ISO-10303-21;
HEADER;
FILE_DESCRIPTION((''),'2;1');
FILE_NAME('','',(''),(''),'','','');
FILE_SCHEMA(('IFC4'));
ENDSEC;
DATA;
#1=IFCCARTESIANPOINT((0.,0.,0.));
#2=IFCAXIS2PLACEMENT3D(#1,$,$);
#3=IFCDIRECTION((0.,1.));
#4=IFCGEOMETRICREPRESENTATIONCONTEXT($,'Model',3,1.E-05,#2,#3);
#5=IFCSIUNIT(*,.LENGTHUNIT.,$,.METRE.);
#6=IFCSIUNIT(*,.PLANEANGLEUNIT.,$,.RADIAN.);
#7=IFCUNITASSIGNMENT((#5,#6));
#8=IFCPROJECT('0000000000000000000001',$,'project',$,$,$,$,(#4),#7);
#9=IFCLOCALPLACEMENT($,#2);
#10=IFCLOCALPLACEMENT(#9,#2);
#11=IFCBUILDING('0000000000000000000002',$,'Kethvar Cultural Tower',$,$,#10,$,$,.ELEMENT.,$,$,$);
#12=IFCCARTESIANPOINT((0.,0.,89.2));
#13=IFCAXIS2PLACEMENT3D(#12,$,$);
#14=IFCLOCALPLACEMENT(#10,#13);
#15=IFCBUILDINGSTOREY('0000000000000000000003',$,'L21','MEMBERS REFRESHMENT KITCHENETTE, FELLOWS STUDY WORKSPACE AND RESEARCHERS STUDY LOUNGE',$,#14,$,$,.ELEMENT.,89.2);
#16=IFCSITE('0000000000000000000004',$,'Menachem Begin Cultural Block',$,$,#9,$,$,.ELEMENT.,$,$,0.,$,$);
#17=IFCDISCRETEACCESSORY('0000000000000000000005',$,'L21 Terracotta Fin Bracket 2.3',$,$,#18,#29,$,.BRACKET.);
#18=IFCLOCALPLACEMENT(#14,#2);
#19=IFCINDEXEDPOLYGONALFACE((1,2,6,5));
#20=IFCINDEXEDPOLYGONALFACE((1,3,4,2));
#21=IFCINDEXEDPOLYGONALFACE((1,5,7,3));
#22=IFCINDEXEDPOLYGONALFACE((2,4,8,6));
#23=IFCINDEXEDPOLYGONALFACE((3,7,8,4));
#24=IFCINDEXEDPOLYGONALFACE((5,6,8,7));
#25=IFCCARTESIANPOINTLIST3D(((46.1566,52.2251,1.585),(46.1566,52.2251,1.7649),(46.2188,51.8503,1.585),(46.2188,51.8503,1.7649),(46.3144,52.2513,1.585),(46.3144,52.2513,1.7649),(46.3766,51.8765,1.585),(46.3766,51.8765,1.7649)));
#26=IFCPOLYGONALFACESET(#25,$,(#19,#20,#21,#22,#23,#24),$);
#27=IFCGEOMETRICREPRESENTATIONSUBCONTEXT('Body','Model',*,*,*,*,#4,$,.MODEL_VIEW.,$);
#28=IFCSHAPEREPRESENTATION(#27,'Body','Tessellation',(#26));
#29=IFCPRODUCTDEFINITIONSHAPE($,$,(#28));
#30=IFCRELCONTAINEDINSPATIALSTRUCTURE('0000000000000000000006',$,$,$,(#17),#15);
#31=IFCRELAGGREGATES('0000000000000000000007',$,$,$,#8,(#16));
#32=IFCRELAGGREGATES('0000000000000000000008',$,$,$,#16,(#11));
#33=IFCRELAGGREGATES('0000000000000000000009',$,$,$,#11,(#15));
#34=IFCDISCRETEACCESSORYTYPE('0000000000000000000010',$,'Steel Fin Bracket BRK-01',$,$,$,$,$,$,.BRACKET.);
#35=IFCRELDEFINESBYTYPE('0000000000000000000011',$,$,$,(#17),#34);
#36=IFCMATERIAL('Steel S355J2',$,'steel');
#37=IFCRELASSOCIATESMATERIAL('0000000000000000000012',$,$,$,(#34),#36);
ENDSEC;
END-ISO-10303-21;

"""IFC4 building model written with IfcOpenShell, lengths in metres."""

from ifc_helpers import new_model, si_unit, direction, frame, origin, origin_2d, place, context, subcontext, project, spatial, rectangle, extrude, source, transform, mapped, material, type_object, element, save


model = new_model("IFC4")

# Units and contexts
model_context = context("Model", 3, precision=1e-05, world=origin(), true_north=direction((0.0, 1.0)))
body_context = subcontext(model_context, "Body", "Model", "MODEL_VIEW")
ifc_project = project(units=[si_unit("LENGTHUNIT", "METRE"), si_unit("PLANEANGLEUNIT", "RADIAN")], contexts=[model_context])

# Site, building, storey
site_placement = place(None, origin())
site = spatial("IfcSite", under=ifc_project, at=site_placement, Name="Menachem Begin Cultural Block", CompositionType="ELEMENT", RefElevation=0.0)
building_placement = place(site_placement, origin())
building = spatial("IfcBuilding", under=site, at=building_placement, Name="Kethvar Cultural Tower", CompositionType="ELEMENT")
storey_placement = place(building_placement, frame((0.0, 0.0, 89.2)))
storey = spatial("IfcBuildingStorey", under=building, at=storey_placement, Name="L21", Description="MEMBERS REFRESHMENT KITCHENETTE, FELLOWS STUDY WORKSPACE AND RESEARCHERS STUDY LOUNGE", CompositionType="ELEMENT", Elevation=89.2)

# Shared definitions
ifc_material_1 = material(Name="Steel S355J2", Category="steel")

# Discrete accessory
discrete_accessory_type = type_object("IfcDiscreteAccessoryType", Name="Steel Fin Bracket BRK-01", PredefinedType="BRACKET", material=ifc_material_1)
shared_shape_1 = source(origin(), body_context, "Body", "SweptSolid", [
    extrude(rectangle(XDim=0.3799, YDim=0.1599, at=origin_2d()), origin(), (0.0, 0.0, 1.0), 0.1799),
])
for number, where, z_axis, x_axis, name in (
    (1, (46.2666, 52.0508, 1.585), (0.0, 0.0, 1.0), (-0.163843, 0.986487, 0.0), "L21 Terracotta Fin Bracket 2.3"),
):
    element("IfcDiscreteAccessory", number, at=place(storey_placement, frame(where, z_axis=z_axis, x_axis=x_axis)), inside=storey, type_object=discrete_accessory_type, Name=name, PredefinedType="BRACKET", context=body_context, shape_type="MappedRepresentation", body=[
        mapped(shared_shape_1, transform((0.0, 0.0, 0.0), scale=1.0)),
    ])

save(model, "model.ifc")
